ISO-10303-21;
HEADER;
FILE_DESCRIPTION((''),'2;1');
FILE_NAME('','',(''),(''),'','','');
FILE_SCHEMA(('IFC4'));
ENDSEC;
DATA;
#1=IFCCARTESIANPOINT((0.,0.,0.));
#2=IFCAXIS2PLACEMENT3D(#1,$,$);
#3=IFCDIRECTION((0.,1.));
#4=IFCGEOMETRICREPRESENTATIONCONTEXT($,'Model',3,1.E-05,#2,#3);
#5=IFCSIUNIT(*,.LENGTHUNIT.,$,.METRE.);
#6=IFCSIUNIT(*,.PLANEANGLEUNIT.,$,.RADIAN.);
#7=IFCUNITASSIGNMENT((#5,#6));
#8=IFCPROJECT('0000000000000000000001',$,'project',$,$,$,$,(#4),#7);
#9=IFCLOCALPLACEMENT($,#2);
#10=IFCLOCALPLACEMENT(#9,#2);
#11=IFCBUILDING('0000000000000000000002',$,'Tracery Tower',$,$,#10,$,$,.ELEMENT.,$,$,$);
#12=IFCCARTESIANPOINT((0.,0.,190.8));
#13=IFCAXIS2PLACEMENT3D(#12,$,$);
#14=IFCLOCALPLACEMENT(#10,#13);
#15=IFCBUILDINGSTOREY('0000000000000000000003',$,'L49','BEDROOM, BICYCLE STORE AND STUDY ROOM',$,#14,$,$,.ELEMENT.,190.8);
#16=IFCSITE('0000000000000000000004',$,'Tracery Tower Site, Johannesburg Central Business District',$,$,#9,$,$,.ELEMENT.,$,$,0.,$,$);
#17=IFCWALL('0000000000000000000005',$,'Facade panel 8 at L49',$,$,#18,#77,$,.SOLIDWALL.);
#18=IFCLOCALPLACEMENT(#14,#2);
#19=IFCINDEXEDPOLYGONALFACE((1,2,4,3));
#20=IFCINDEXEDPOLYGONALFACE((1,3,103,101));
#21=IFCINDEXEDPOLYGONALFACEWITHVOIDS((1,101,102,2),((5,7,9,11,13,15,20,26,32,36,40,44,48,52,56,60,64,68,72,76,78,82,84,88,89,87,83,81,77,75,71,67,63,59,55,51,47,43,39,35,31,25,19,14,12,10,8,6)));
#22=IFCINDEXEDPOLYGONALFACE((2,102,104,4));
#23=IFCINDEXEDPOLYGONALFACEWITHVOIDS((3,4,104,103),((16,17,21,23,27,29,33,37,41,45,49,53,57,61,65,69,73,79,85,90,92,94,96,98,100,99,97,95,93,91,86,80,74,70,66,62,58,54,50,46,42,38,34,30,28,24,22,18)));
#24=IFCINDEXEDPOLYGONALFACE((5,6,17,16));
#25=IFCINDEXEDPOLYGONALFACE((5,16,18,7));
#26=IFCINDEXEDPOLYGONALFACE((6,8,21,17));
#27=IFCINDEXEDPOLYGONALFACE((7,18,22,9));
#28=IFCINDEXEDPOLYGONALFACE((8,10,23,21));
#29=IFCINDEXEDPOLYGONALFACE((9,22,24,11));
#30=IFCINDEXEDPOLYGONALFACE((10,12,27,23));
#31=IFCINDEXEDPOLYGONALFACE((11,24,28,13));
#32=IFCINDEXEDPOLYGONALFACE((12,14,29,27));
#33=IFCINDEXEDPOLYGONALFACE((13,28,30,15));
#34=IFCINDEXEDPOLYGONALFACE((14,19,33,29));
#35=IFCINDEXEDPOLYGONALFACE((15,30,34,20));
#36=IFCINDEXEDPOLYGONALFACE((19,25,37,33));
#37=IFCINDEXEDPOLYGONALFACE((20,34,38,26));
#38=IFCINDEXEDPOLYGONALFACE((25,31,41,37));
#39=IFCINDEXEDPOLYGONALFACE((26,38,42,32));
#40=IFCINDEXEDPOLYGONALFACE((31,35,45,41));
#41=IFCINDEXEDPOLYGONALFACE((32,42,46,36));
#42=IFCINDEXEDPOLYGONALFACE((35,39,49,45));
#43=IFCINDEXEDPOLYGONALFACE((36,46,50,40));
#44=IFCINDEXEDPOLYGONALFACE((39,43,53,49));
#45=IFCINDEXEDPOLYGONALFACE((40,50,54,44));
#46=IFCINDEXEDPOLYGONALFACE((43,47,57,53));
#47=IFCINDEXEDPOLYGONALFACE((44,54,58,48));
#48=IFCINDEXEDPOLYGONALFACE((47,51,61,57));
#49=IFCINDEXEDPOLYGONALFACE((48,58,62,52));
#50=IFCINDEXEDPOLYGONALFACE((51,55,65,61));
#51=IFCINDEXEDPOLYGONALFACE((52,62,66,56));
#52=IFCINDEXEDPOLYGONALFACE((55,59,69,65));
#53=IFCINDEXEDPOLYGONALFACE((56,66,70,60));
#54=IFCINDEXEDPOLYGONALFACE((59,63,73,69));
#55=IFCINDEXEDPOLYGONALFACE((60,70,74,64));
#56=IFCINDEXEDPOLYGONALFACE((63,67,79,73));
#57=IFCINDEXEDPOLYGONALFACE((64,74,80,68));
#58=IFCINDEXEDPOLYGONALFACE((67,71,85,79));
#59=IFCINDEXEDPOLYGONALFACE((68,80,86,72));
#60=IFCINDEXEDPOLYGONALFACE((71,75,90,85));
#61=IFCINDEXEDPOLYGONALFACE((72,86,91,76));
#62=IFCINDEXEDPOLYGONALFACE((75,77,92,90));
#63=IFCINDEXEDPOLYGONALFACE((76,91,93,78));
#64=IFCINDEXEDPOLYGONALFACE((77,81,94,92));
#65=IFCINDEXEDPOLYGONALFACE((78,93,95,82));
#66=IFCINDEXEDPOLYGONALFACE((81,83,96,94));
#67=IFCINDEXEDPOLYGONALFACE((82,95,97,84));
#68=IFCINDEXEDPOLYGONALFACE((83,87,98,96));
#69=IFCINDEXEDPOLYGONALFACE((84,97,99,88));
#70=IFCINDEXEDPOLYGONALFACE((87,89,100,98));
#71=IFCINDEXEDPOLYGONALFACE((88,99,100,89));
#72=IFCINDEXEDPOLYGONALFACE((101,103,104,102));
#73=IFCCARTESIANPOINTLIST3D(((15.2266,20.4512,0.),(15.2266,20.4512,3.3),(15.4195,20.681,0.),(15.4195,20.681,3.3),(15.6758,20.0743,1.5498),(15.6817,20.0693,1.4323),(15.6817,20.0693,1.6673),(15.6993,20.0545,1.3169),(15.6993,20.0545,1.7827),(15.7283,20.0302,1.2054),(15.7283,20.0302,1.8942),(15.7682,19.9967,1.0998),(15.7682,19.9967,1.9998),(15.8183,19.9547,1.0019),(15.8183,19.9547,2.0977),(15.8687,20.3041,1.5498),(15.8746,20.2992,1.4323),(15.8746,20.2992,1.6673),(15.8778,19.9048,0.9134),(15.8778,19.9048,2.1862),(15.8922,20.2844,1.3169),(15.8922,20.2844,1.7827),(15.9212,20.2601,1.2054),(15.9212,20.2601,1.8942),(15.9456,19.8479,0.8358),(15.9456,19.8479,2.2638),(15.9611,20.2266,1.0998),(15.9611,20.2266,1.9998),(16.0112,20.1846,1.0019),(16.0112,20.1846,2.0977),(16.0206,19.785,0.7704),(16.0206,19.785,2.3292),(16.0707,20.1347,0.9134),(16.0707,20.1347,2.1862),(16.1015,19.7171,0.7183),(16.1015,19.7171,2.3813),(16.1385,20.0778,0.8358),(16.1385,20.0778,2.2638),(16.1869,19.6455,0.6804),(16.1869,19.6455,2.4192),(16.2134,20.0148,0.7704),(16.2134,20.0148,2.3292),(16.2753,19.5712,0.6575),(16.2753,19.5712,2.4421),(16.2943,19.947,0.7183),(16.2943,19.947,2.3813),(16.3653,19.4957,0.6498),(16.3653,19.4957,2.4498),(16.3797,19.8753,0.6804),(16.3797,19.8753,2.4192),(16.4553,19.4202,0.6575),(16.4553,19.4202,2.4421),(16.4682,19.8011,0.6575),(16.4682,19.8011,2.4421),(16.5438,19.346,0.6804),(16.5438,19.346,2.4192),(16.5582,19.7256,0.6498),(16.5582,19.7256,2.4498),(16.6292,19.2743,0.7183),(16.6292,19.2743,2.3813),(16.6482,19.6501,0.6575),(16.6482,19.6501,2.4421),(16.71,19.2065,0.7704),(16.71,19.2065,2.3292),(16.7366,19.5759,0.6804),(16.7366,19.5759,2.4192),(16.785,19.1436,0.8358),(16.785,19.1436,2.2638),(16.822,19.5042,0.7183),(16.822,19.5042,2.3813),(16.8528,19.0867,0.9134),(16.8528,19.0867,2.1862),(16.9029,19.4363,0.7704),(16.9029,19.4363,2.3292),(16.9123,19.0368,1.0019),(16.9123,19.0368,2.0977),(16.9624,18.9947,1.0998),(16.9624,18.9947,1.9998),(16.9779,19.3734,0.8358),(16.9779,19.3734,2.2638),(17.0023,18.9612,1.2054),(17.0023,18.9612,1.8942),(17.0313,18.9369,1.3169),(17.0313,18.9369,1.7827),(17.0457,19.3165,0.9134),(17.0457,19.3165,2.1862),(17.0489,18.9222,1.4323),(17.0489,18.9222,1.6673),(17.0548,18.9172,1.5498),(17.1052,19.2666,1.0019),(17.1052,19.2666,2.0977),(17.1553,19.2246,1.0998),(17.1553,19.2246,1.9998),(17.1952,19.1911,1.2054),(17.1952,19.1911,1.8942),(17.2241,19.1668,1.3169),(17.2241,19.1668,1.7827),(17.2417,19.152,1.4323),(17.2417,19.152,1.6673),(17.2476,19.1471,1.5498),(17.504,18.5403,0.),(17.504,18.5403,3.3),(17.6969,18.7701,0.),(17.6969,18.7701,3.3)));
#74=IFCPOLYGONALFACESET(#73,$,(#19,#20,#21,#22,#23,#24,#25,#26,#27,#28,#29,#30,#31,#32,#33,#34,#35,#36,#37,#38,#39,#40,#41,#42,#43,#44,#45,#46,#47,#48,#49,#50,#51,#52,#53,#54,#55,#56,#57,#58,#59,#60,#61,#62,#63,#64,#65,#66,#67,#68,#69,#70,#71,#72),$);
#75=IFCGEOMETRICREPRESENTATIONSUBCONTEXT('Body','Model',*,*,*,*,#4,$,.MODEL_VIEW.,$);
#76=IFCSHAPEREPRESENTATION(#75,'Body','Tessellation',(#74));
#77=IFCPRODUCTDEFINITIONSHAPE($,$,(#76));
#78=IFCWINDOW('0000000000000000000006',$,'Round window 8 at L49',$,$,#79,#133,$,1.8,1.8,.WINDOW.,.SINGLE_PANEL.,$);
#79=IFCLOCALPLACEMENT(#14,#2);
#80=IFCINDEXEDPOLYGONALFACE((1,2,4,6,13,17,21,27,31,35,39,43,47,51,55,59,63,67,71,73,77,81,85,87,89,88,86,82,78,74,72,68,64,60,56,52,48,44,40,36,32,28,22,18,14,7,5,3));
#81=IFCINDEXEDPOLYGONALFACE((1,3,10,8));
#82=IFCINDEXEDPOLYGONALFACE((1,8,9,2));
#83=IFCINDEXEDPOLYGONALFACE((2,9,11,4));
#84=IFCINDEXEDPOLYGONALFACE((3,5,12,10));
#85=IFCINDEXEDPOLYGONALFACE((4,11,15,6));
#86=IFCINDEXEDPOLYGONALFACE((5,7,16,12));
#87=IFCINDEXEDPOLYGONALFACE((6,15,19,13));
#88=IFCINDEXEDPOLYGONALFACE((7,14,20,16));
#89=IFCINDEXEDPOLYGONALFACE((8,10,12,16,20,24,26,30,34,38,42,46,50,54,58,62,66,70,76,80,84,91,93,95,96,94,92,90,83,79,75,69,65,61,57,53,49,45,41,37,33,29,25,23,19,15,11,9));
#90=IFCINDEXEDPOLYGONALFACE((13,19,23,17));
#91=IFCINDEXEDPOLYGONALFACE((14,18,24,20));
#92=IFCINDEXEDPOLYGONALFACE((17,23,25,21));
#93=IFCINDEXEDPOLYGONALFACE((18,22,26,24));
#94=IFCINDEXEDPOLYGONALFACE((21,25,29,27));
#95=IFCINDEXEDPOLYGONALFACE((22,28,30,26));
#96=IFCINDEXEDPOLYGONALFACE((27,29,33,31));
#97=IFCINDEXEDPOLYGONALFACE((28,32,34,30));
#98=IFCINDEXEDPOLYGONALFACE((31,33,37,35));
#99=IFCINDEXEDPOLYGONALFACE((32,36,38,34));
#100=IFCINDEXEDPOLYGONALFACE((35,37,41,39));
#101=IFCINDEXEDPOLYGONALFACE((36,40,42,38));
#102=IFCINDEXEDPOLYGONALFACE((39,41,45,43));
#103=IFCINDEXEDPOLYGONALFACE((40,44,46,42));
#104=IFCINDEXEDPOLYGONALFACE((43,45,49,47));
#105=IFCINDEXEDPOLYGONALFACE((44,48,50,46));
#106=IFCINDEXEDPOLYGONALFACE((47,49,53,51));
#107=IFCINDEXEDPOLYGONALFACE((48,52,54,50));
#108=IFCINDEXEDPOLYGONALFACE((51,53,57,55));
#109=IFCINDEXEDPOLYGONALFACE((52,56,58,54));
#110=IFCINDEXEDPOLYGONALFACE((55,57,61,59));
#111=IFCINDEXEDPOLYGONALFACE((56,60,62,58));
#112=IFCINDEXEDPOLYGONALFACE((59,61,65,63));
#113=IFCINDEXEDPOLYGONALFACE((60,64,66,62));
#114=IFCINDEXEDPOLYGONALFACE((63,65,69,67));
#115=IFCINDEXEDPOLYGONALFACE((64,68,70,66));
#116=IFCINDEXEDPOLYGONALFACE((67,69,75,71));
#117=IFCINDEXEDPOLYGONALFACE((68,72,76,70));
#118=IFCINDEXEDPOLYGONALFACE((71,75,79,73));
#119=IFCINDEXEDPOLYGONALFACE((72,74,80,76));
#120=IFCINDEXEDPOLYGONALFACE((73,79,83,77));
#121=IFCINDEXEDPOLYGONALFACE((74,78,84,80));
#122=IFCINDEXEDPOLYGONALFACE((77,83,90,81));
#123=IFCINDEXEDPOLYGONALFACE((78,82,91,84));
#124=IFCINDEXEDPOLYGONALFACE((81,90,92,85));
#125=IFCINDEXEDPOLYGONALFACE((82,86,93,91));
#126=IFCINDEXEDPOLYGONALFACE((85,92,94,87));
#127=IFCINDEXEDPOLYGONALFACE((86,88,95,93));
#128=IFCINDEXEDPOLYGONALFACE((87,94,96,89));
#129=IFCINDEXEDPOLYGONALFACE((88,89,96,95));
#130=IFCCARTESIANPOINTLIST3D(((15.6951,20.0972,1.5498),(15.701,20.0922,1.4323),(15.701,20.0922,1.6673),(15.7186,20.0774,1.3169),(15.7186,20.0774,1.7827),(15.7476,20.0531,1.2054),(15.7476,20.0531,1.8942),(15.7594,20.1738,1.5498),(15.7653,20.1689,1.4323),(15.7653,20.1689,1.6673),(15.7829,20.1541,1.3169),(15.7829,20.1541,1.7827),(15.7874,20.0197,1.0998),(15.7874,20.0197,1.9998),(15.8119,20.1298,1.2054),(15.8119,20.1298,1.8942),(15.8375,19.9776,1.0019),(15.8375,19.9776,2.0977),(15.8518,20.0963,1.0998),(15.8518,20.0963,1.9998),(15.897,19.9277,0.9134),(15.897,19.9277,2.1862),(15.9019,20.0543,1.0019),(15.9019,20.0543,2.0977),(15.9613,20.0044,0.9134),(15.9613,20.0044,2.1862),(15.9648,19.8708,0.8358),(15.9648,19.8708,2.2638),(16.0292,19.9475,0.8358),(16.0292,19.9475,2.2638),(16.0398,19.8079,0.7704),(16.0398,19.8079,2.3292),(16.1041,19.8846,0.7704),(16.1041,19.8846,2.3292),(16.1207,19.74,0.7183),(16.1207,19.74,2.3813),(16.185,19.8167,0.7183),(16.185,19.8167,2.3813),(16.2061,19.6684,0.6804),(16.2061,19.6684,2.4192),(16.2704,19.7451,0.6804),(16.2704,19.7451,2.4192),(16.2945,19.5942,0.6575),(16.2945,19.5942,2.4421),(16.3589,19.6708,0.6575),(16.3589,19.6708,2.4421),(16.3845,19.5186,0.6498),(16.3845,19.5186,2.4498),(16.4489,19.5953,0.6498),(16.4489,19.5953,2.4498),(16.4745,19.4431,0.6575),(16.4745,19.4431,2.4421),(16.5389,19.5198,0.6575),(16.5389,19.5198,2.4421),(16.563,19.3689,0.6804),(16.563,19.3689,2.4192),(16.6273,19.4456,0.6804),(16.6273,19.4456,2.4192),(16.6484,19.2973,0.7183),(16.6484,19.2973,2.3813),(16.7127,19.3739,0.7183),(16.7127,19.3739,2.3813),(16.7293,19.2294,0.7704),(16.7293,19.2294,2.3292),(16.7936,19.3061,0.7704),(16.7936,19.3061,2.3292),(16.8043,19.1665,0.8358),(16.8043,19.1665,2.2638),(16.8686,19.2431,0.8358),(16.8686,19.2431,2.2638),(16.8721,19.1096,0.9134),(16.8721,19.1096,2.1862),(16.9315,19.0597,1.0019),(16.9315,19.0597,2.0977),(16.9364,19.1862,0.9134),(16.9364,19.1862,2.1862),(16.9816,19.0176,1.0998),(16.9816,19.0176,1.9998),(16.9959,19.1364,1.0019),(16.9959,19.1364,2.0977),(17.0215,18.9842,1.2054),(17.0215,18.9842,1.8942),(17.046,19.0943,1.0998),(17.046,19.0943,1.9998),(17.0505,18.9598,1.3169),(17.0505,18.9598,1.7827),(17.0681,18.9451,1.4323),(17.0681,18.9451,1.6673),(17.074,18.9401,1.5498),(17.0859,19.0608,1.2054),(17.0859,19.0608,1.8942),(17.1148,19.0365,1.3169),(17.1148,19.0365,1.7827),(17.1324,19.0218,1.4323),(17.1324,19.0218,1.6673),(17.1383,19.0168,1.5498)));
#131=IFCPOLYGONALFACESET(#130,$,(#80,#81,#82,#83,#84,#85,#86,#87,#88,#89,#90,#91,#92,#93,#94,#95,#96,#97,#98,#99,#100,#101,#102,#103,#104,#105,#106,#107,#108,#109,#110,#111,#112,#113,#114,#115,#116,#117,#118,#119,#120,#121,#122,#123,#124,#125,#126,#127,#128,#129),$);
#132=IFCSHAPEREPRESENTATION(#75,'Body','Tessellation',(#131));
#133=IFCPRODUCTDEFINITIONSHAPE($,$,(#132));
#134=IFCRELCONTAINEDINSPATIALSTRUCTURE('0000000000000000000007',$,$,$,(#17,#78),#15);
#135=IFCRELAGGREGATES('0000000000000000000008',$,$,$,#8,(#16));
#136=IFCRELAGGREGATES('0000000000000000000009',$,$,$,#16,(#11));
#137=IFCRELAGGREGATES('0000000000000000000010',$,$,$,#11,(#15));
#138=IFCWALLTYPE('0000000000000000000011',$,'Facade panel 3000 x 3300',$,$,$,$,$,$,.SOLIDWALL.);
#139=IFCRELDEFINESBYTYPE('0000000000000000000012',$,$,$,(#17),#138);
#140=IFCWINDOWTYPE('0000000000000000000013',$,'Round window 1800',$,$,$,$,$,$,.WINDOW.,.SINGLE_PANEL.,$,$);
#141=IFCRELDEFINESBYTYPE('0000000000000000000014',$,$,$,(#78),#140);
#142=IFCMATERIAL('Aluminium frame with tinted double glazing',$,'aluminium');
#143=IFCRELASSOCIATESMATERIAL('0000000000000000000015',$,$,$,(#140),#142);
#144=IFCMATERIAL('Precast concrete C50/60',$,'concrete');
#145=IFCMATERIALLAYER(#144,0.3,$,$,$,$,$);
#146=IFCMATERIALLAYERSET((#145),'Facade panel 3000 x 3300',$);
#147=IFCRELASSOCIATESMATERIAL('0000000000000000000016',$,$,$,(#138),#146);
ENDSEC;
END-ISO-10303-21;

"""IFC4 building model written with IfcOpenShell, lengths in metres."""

from ifc_helpers import new_model, si_unit, direction, frame, frame_2d, origin, origin_2d, place, context, subcontext, project, spatial, rectangle, circle, extrude, material, layer, layer_set, type_object, element, fill, save


model = new_model("IFC4")

# Units and contexts
model_context = context("Model", 3, precision=1e-05, world=origin(), true_north=direction((0.0, 1.0)))
body_context = subcontext(model_context, "Body", "Model", "MODEL_VIEW")
ifc_project = project(units=[si_unit("LENGTHUNIT", "METRE"), si_unit("PLANEANGLEUNIT", "RADIAN")], contexts=[model_context])

# Site, building, storey
site_placement = place(None, origin())
site = spatial("IfcSite", under=ifc_project, at=site_placement, Name="Tracery Tower Site, Johannesburg Central Business District", CompositionType="ELEMENT", RefElevation=0.0)
building_placement = place(site_placement, origin())
building = spatial("IfcBuilding", under=site, at=building_placement, Name="Tracery Tower", CompositionType="ELEMENT")
storey_placement = place(building_placement, frame((0.0, 0.0, 190.8)))
storey = spatial("IfcBuildingStorey", under=building, at=storey_placement, Name="L49", Description="BEDROOM, BICYCLE STORE AND STUDY ROOM", CompositionType="ELEMENT", Elevation=190.8)

# Wall, opening, window
ifc_material_1 = material(Name="Aluminium frame with tinted double glazing", Category="aluminium")
window_type = type_object("IfcWindowType", Name="Round window 1800", PartitioningType="SINGLE_PANEL", PredefinedType="WINDOW", material=ifc_material_1)
ifc_material_2 = material(Name="Precast concrete C50/60", Category="concrete")
ifc_layer_1 = layer(ifc_material_2, 0.3)
ifc_layer_set_1 = layer_set([ifc_layer_1], Name="Facade panel 3000 x 3300")
wall_type_1 = type_object("IfcWallType", Name="Facade panel 3000 x 3300", PredefinedType="SOLIDWALL", material=ifc_layer_set_1)
wall_1_placement = place(storey_placement, frame((17.6003, 18.6553, 0.0), z_axis=(0.0, 0.0, 1.0), x_axis=(-0.766049, 0.642782, 0.0)))
wall_1 = element("IfcWall", 1, at=wall_1_placement, inside=storey, type_object=wall_type_1, Name="Facade panel 8 at L49", PredefinedType="SOLIDWALL", context=body_context, shape_type="SweptSolid", body=[
    extrude(rectangle(XDim=2.9729, YDim=0.3, at=frame_2d((1.4863, 0.0))), origin(), (0.0, 0.0, 1.0), 3.3),
])
opening_1_placement = place(wall_1_placement, frame((1.4863, 0.0, 1.5498)))
opening_1 = element("IfcOpeningElement", 2, at=opening_1_placement, cuts=wall_1, PredefinedType="OPENING", context=body_context, shape_type="SweptSolid", body=[
    extrude(circle(Radius=0.9, at=origin_2d()), frame((0.0, 0.1599, 0.0), z_axis=(0.0, -1.0, 0.0), x_axis=(1.0, 0.0, 0.0)), (0.0, 0.0, 1.0), 0.3201),
])
window_1_placement = place(opening_1_placement, origin())
window_1 = element("IfcWindow", 3, at=window_1_placement, inside=storey, type_object=window_type, Name="Round window 8 at L49", OverallHeight=1.8, OverallWidth=1.8, PartitioningType="SINGLE_PANEL", PredefinedType="WINDOW", context=body_context, shape_type="SweptSolid", body=[
    extrude(circle(Radius=0.9, at=origin_2d()), frame((0.0, 0.1201, 0.0), z_axis=(0.0, -1.0, 0.0), x_axis=(1.0, 0.0, 0.0)), (0.0, 0.0, 1.0), 0.1001),
])
fill(opening_1, window_1)

save(model, "model.ifc")
